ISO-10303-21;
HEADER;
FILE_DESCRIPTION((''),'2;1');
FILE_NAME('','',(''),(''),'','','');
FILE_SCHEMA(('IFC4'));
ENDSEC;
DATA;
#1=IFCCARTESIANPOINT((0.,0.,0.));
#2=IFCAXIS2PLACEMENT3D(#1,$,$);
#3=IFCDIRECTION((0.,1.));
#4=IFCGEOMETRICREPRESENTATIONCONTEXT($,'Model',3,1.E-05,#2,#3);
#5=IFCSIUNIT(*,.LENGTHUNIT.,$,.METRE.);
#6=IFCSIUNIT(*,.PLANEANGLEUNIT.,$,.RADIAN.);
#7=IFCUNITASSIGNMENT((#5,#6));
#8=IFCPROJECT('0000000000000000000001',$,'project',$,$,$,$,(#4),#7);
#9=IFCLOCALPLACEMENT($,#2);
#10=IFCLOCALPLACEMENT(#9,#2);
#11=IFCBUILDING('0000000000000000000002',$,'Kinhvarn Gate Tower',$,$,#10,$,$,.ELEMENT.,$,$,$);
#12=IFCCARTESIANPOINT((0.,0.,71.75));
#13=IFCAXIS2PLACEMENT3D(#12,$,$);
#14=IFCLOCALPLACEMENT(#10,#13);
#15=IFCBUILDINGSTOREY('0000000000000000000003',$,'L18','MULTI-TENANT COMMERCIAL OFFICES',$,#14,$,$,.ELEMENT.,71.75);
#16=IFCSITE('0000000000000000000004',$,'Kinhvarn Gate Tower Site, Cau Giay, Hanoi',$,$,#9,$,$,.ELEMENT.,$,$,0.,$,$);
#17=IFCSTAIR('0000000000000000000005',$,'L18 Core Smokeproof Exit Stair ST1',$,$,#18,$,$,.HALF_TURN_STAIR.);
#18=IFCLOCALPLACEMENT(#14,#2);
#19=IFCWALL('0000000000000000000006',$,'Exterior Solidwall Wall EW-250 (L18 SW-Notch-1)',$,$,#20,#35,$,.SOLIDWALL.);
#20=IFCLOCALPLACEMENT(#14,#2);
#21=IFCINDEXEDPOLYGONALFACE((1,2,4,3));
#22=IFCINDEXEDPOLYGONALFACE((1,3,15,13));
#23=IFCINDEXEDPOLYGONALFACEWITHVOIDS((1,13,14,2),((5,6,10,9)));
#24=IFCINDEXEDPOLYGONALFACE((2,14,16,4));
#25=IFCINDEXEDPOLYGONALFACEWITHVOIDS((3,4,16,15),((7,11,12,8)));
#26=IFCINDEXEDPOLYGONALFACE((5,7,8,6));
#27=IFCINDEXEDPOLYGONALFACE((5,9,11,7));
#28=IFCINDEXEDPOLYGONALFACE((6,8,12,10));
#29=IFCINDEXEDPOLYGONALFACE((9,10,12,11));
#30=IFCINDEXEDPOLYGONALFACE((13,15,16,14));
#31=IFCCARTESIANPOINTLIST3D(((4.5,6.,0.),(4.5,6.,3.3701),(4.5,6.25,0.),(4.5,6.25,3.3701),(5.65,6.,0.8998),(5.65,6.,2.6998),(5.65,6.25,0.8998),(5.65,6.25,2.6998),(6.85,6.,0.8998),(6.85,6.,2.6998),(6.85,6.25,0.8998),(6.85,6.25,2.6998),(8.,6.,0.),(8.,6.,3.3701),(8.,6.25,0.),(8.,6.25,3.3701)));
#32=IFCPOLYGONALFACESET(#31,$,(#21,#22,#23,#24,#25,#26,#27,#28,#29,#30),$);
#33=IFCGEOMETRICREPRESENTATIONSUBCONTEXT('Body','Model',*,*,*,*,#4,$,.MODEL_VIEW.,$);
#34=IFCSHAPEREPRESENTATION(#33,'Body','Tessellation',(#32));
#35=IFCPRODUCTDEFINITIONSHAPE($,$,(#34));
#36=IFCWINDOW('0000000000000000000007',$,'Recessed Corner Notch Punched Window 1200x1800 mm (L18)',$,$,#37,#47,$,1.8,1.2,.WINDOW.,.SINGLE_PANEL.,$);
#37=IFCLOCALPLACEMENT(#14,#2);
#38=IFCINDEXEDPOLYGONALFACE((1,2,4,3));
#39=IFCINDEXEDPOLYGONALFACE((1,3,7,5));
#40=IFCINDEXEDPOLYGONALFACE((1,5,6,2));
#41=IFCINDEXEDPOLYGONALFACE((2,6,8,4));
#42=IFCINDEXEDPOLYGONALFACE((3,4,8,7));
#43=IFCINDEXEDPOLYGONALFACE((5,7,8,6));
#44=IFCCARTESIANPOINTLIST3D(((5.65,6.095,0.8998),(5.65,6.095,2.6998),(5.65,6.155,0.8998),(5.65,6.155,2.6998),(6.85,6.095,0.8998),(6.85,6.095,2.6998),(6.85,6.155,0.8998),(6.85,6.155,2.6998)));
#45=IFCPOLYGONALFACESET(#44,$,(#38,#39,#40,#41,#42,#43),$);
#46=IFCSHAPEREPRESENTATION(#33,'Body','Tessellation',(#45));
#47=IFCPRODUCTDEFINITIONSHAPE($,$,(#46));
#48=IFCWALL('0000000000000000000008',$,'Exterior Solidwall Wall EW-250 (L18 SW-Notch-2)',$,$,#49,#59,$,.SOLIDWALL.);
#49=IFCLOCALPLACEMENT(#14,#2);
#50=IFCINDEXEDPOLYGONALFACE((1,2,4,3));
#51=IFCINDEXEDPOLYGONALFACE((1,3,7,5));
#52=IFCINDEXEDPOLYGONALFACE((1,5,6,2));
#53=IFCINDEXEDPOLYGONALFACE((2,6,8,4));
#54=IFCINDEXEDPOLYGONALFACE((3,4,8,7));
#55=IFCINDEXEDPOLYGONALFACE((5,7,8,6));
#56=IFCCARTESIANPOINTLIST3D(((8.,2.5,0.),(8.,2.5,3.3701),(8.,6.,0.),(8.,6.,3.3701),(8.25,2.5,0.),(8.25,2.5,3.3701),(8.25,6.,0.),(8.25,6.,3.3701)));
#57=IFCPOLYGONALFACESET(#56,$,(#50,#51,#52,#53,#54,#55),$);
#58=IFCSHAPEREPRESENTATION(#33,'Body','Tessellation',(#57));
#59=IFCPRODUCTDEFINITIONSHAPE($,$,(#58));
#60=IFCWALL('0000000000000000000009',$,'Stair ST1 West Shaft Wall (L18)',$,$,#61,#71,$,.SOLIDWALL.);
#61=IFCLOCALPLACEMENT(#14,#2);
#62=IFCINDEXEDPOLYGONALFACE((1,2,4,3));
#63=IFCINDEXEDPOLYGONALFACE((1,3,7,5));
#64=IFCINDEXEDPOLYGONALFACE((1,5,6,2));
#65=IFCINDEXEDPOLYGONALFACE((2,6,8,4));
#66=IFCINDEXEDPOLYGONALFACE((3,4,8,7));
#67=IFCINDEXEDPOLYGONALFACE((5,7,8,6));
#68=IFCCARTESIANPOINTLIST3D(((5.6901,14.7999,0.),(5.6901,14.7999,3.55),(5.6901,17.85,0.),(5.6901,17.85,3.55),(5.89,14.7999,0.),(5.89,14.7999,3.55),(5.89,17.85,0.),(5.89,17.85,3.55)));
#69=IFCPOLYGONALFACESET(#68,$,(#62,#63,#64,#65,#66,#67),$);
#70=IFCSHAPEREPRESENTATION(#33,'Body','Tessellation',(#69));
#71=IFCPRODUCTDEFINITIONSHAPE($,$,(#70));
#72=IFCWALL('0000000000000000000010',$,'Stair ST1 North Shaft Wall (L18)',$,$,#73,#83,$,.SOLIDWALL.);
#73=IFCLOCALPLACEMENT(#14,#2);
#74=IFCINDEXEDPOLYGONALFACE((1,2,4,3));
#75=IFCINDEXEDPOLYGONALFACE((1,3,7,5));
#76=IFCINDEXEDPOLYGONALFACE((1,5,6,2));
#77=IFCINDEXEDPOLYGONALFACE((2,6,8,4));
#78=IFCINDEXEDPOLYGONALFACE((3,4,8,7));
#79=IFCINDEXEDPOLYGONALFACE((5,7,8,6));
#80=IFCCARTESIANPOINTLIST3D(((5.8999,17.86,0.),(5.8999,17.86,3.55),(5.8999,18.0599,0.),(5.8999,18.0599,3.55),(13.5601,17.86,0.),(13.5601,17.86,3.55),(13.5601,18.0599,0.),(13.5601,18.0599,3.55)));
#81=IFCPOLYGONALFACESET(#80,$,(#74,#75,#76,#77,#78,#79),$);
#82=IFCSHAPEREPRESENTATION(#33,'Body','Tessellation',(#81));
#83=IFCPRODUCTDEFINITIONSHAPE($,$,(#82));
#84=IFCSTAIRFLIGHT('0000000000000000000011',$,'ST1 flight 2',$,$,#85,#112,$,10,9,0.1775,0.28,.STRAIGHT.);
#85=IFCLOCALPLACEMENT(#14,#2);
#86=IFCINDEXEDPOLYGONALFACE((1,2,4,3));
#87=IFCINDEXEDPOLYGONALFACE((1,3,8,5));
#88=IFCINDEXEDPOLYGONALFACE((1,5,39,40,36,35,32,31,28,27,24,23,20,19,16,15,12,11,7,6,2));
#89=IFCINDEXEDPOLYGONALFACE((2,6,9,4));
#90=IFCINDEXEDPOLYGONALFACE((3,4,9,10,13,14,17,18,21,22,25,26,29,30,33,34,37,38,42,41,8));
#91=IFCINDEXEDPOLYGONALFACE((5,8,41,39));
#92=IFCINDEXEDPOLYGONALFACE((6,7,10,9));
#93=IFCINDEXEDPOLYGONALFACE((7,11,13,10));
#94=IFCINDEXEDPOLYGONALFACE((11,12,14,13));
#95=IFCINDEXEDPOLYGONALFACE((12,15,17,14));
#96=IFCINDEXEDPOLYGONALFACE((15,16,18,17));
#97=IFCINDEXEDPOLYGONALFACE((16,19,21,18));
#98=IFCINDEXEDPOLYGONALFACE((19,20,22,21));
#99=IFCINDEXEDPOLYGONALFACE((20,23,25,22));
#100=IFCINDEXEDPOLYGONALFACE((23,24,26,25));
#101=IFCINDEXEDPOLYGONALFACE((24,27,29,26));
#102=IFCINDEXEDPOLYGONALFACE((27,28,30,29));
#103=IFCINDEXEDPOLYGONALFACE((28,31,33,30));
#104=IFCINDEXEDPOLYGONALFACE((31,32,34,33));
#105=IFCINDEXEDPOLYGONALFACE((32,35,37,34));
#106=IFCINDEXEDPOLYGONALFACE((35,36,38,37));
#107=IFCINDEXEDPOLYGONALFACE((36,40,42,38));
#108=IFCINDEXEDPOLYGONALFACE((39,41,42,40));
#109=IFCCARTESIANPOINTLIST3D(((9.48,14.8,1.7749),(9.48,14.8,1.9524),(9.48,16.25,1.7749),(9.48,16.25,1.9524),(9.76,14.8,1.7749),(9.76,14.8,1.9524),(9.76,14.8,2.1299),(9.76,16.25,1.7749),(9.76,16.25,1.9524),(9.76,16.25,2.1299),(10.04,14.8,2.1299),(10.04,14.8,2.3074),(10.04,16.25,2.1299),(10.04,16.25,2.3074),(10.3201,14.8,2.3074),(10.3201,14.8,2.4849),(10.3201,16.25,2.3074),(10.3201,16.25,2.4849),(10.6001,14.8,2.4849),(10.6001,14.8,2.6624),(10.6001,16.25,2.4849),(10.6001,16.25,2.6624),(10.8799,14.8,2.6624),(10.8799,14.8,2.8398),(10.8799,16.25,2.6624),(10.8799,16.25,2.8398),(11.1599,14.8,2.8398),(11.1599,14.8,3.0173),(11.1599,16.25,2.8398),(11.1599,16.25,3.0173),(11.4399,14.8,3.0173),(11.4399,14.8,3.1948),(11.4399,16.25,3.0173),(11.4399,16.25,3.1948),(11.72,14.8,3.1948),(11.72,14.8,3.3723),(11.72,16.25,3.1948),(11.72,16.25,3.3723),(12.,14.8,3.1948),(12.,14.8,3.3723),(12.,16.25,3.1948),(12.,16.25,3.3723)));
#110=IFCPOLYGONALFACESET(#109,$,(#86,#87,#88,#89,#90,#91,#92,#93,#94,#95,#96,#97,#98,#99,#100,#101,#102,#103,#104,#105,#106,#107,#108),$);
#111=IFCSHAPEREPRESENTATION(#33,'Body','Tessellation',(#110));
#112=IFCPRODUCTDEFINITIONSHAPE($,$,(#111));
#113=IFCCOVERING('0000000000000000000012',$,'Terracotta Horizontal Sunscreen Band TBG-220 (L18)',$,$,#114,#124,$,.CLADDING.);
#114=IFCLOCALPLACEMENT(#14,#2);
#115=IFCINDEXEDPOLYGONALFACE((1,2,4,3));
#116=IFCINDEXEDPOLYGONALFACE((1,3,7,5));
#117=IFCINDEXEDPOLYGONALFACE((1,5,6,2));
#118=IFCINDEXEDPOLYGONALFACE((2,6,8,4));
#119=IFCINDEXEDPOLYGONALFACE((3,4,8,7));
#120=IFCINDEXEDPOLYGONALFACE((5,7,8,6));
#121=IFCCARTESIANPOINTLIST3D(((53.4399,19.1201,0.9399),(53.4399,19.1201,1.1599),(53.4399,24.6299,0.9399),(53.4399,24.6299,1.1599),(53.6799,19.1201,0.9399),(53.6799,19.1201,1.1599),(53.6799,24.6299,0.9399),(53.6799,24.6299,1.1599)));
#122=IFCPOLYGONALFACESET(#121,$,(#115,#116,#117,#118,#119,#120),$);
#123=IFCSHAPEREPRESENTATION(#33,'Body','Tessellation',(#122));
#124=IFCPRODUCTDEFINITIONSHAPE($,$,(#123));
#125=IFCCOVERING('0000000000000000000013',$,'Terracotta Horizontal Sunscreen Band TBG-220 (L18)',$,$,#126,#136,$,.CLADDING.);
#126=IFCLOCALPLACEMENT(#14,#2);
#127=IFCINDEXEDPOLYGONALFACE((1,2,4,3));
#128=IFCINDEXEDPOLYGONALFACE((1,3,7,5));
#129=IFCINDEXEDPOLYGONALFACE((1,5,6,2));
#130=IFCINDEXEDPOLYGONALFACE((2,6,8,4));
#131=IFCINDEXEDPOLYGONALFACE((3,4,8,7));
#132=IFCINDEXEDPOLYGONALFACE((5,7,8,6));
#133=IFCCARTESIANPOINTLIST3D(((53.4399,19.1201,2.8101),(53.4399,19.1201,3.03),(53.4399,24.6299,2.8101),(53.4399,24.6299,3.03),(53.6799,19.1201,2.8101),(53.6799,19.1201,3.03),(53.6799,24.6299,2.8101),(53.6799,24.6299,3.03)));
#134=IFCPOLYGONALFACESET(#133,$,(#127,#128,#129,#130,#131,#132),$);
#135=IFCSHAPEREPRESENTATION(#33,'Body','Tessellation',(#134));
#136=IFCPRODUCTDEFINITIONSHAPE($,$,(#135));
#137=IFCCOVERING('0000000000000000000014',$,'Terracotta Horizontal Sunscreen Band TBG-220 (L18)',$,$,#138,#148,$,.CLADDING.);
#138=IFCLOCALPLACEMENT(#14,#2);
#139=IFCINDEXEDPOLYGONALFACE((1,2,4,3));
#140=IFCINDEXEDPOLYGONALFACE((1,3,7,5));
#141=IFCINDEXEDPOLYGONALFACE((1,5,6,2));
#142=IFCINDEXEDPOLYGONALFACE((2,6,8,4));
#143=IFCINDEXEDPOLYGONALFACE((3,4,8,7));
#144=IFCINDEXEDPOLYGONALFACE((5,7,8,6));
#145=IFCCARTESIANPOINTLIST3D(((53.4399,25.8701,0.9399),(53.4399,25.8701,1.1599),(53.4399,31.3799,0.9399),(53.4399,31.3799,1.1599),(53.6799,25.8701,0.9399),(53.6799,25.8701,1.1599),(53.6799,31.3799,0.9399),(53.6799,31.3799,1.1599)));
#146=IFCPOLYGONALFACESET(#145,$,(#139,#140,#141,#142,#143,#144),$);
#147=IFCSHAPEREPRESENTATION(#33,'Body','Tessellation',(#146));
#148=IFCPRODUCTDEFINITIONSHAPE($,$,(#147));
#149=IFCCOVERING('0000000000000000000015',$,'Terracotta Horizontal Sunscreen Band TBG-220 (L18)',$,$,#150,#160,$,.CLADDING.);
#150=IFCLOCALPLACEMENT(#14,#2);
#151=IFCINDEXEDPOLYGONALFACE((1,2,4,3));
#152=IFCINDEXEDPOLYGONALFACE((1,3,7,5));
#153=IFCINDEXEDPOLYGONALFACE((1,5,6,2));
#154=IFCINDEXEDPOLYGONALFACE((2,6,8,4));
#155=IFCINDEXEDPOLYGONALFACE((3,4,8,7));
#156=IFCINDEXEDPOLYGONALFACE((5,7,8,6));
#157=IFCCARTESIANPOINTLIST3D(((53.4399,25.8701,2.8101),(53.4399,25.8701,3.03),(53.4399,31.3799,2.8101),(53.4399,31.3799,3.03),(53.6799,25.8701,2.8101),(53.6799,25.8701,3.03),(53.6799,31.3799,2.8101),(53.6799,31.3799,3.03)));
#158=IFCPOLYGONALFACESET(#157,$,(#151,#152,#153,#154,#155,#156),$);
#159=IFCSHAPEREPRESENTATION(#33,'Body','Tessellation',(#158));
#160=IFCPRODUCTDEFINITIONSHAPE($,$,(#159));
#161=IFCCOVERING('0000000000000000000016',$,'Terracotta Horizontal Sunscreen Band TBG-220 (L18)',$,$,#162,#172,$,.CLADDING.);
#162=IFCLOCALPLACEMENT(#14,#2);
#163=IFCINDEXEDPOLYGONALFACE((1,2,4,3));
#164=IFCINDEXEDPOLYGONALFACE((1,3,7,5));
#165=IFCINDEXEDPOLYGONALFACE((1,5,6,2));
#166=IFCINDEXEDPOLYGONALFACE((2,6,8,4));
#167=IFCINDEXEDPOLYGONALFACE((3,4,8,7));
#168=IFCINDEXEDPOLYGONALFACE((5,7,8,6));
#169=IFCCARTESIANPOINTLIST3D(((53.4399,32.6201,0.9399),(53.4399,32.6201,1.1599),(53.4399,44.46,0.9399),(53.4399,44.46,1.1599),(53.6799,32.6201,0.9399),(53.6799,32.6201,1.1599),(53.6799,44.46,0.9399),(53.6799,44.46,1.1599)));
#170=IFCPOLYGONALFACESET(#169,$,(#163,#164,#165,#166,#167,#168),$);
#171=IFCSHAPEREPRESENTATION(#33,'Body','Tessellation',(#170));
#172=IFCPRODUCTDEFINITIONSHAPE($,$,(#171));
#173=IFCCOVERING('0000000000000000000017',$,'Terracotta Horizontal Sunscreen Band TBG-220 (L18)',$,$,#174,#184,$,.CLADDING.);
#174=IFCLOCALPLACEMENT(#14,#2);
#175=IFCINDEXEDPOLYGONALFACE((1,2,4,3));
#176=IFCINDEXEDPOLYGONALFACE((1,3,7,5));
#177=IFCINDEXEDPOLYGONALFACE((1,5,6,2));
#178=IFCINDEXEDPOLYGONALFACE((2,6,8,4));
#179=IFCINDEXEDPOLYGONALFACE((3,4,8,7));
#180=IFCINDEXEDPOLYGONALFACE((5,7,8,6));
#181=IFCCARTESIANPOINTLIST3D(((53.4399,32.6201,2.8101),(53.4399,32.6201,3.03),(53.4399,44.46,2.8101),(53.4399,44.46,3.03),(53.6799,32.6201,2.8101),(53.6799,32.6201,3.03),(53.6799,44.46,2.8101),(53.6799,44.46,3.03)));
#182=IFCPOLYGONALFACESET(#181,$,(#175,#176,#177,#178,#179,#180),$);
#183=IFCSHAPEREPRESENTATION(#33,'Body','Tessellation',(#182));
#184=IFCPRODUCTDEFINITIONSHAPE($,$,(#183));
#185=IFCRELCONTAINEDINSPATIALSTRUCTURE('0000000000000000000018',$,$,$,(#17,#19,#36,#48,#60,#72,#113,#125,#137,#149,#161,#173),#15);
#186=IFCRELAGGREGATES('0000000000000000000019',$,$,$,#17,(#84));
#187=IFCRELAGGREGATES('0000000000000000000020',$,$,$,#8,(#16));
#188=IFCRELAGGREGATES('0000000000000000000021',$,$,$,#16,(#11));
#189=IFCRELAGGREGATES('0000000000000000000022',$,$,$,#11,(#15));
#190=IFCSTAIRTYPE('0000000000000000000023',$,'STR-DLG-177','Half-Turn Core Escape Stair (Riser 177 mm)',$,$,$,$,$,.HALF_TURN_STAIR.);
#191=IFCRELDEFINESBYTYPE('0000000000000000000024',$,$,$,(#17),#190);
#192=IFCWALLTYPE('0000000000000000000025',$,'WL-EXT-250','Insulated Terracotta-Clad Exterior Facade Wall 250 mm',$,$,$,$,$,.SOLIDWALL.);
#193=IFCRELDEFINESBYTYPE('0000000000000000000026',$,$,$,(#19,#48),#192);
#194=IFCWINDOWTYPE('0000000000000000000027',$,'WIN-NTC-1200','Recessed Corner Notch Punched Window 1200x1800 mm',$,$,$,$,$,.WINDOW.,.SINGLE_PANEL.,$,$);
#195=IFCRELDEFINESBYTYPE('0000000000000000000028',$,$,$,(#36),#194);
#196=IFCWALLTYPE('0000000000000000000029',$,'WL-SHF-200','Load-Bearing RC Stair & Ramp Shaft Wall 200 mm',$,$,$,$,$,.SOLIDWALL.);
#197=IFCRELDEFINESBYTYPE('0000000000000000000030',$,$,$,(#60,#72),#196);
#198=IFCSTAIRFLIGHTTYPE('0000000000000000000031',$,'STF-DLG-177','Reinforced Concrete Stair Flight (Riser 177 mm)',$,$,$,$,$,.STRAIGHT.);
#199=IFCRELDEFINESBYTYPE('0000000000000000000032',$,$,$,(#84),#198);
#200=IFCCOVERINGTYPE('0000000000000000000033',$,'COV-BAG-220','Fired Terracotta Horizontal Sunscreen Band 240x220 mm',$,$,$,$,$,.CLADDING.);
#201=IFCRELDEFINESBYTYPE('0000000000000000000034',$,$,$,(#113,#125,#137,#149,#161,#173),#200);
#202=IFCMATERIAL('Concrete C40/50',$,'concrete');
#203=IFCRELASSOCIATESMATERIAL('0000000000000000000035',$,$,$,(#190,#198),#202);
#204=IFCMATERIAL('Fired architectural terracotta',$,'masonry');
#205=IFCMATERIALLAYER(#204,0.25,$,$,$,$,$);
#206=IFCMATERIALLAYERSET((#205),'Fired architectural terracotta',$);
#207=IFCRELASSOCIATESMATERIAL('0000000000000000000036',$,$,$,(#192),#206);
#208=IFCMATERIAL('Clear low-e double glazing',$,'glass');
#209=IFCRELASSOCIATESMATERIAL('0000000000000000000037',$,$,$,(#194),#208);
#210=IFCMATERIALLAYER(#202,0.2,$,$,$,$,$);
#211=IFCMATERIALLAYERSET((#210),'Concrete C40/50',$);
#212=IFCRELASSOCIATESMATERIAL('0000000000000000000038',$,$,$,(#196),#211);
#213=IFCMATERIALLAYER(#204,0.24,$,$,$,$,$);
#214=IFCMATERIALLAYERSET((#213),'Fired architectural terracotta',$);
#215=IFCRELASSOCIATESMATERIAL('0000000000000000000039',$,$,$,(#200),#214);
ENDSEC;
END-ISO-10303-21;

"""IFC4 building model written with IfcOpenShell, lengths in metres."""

from ifc_helpers import new_model, si_unit, direction, frame, frame_2d, origin, place, context, subcontext, project, spatial, polyline, rectangle, outline, extrude, material, layer, layer_set, type_object, element, fill, aggregate, save


model = new_model("IFC4")

# Units and contexts
model_context = context("Model", 3, precision=1e-05, world=origin(), true_north=direction((0.0, 1.0)))
body_context = subcontext(model_context, "Body", "Model", "MODEL_VIEW")
ifc_project = project(units=[si_unit("LENGTHUNIT", "METRE"), si_unit("PLANEANGLEUNIT", "RADIAN")], contexts=[model_context])

# Site, building, storey
site_placement = place(None, origin())
site = spatial("IfcSite", under=ifc_project, at=site_placement, Name="Kinhvarn Gate Tower Site, Cau Giay, Hanoi", CompositionType="ELEMENT", RefElevation=0.0)
building_placement = place(site_placement, origin())
building = spatial("IfcBuilding", under=site, at=building_placement, Name="Kinhvarn Gate Tower", CompositionType="ELEMENT")
storey_placement = place(building_placement, frame((0.0, 0.0, 71.75)))
storey = spatial("IfcBuildingStorey", under=building, at=storey_placement, Name="L18", Description="MULTI-TENANT COMMERCIAL OFFICES", CompositionType="ELEMENT", Elevation=71.75)

# Shared definitions
ifc_material_1 = material(Name="Clear low-e double glazing", Category="glass")

# Stair
ifc_material_2 = material(Name="Concrete C40/50", Category="concrete")
stair_type = type_object("IfcStairType", Name="STR-DLG-177", Description="Half-Turn Core Escape Stair (Riser 177 mm)", PredefinedType="HALF_TURN_STAIR", material=ifc_material_2)
stair_1_placement = place(storey_placement, origin())
stair_1 = element("IfcStair", 1, at=stair_1_placement, inside=storey, type_object=stair_type, Name="L18 Core Smokeproof Exit Stair ST1", PredefinedType="HALF_TURN_STAIR")

# Wall, opening, window
ifc_material_3 = material(Name="Fired architectural terracotta", Category="masonry")
ifc_layer_1 = layer(ifc_material_3, 0.25)
ifc_layer_set_1 = layer_set([ifc_layer_1], Name="Fired architectural terracotta")
wall_type_1 = type_object("IfcWallType", Name="WL-EXT-250", Description="Insulated Terracotta-Clad Exterior Facade Wall 250 mm", PredefinedType="SOLIDWALL", material=ifc_layer_set_1)
wall_1_placement = place(storey_placement, frame((4.5, 6.125, 0.0), z_axis=(0.0, 0.0, 1.0), x_axis=(1.0, 0.0, 0.0)))
wall_1 = element("IfcWall", 2, at=wall_1_placement, inside=storey, type_object=wall_type_1, Name="Exterior Solidwall Wall EW-250 (L18 SW-Notch-1)", PredefinedType="SOLIDWALL", context=body_context, shape_type="SweptSolid", body=[
    extrude(rectangle(XDim=3.5, YDim=0.25, at=frame_2d((1.75, 0.0))), origin(), (0.0, 0.0, 1.0), 3.3701),
])
opening_1_placement = place(wall_1_placement, frame((1.1499, 0.0, 0.8999)))
opening_1 = element("IfcOpeningElement", 3, at=opening_1_placement, cuts=wall_1, PredefinedType="OPENING", context=body_context, shape_type="SweptSolid", body=[
    extrude(rectangle(XDim=1.2, YDim=1.8, at=frame_2d((0.6001, 0.8999))), frame((0.0, 0.135, 0.0), z_axis=(0.0, -1.0, 0.0), x_axis=(1.0, 0.0, 0.0)), (0.0, 0.0, 1.0), 0.27),
])
window_type_1 = type_object("IfcWindowType", Name="WIN-NTC-1200", Description="Recessed Corner Notch Punched Window 1200x1800 mm", PartitioningType="SINGLE_PANEL", PredefinedType="WINDOW", material=ifc_material_1)
window_1_placement = place(opening_1_placement, origin())
window_1 = element("IfcWindow", 4, at=window_1_placement, inside=storey, type_object=window_type_1, Name="Recessed Corner Notch Punched Window 1200x1800 mm (L18)", OverallHeight=1.8, OverallWidth=1.2, PartitioningType="SINGLE_PANEL", PredefinedType="WINDOW", context=body_context, shape_type="SweptSolid", body=[
    extrude(rectangle(XDim=1.2, YDim=1.8, at=frame_2d((0.6001, 0.8999))), frame((0.0, 0.03, 0.0), z_axis=(0.0, -1.0, 0.0), x_axis=(1.0, 0.0, 0.0)), (0.0, 0.0, 1.0), 0.0601),
])
fill(opening_1, window_1)

# Walls
wall_2_placement = place(storey_placement, frame((8.125, 6.0, 0.0), z_axis=(0.0, 0.0, 1.0), x_axis=(0.0, -1.0, 0.0)))
element("IfcWall", 5, at=wall_2_placement, inside=storey, type_object=wall_type_1, Name="Exterior Solidwall Wall EW-250 (L18 SW-Notch-2)", PredefinedType="SOLIDWALL", context=body_context, shape_type="SweptSolid", body=[
    extrude(rectangle(XDim=3.5, YDim=0.25, at=frame_2d((1.75, 0.0))), origin(), (0.0, 0.0, 1.0), 3.3701),
])
ifc_layer_2 = layer(ifc_material_2, 0.2)
ifc_layer_set_2 = layer_set([ifc_layer_2], Name="Concrete C40/50")
wall_type_2 = type_object("IfcWallType", Name="WL-SHF-200", Description="Load-Bearing RC Stair & Ramp Shaft Wall 200 mm", PredefinedType="SOLIDWALL", material=ifc_layer_set_2)
wall_3_placement = place(storey_placement, frame((5.79, 14.8, 0.0), z_axis=(0.0, 0.0, 1.0), x_axis=(0.0, 1.0, 0.0)))
element("IfcWall", 6, at=wall_3_placement, inside=storey, type_object=wall_type_2, Name="Stair ST1 West Shaft Wall (L18)", PredefinedType="SOLIDWALL", context=body_context, shape_type="SweptSolid", body=[
    extrude(rectangle(XDim=3.05, YDim=0.2, at=frame_2d((1.5249, 0.0))), origin(), (0.0, 0.0, 1.0), 3.55),
])
wall_4_placement = place(storey_placement, frame((5.8999, 17.96, 0.0), z_axis=(0.0, 0.0, 1.0), x_axis=(1.0, 0.0, 0.0)))
element("IfcWall", 7, at=wall_4_placement, inside=storey, type_object=wall_type_2, Name="Stair ST1 North Shaft Wall (L18)", PredefinedType="SOLIDWALL", context=body_context, shape_type="SweptSolid", body=[
    extrude(rectangle(XDim=7.6602, YDim=0.2, at=frame_2d((3.8301, 0.0))), origin(), (0.0, 0.0, 1.0), 3.55),
])

# Stair flight
stair_flight_type = type_object("IfcStairFlightType", Name="STF-DLG-177", Description="Reinforced Concrete Stair Flight (Riser 177 mm)", PredefinedType="STRAIGHT", material=ifc_material_2)
stair_flight_placement = place(storey_placement, frame((9.48, 15.5249, 1.7749), z_axis=(0.0, 0.0, 1.0), x_axis=(1.0, 0.0, 0.0)))
stair_flight = element("IfcStairFlight", 8, at=stair_flight_placement, type_object=stair_flight_type, Name="ST1 flight 2", NumberOfRisers=10, NumberOfTreads=9, PredefinedType="STRAIGHT", RiserHeight=0.1775, TreadLength=0.28, context=body_context, shape_type="SweptSolid", body=[
    extrude(outline(polyline([(0.0, 0.0), (0.0, 0.1775), (0.28, 0.1775), (0.28, 0.355), (0.5601, 0.355), (0.5601, 0.5325), (0.8401, 0.5325), (0.8401, 0.71), (1.1201, 0.71), (1.1201, 0.8875), (1.3999, 0.8875), (1.3999, 1.0649), (1.6799, 1.0649), (1.6799, 1.2424), (1.96, 1.2424), (1.96, 1.4199), (2.24, 1.4199), (2.24, 1.5974), (2.52, 1.5974), (2.52, 1.7749), (2.52, 1.4199), (0.28, 0.0), (0.0, 0.0)])), frame((0.0, 0.7251, 0.0), z_axis=(0.0, -1.0, 0.0), x_axis=(1.0, 0.0, 0.0)), (0.0, 0.0, 1.0), 1.45),
])
aggregate(stair_1, [stair_flight])

# Coverings
ifc_layer_3 = layer(ifc_material_3, 0.24)
ifc_layer_set_3 = layer_set([ifc_layer_3], Name="Fired architectural terracotta")
covering_type_1 = type_object("IfcCoveringType", Name="COV-BAG-220", Description="Fired Terracotta Horizontal Sunscreen Band 240x220 mm", PredefinedType="CLADDING", material=ifc_layer_set_3)
for number, where, name in (
    (9, (0.0, 0.0, 0.9399), "Terracotta Horizontal Sunscreen Band TBG-220 (L18)"),
    (10, (0.0, 0.0, 2.8101), "Terracotta Horizontal Sunscreen Band TBG-220 (L18)"),
):
    element("IfcCovering", number, at=place(storey_placement, frame(where)), inside=storey, type_object=covering_type_1, Name=name, PredefinedType="CLADDING", context=body_context, shape_type="SweptSolid", body=[
        extrude(outline(polyline([(53.4399, 19.1201), (53.4399, 24.6299), (53.6799, 24.6299), (53.6799, 19.1201), (53.4399, 19.1201)])), origin(), (0.0, 0.0, 1.0), 0.22),
    ])
for number, where, name in (
    (11, (0.0, 0.0, 0.9399), "Terracotta Horizontal Sunscreen Band TBG-220 (L18)"),
    (12, (0.0, 0.0, 2.8101), "Terracotta Horizontal Sunscreen Band TBG-220 (L18)"),
):
    element("IfcCovering", number, at=place(storey_placement, frame(where)), inside=storey, type_object=covering_type_1, Name=name, PredefinedType="CLADDING", context=body_context, shape_type="SweptSolid", body=[
        extrude(outline(polyline([(53.4399, 25.8701), (53.4399, 31.3799), (53.6799, 31.3799), (53.6799, 25.8701), (53.4399, 25.8701)])), origin(), (0.0, 0.0, 1.0), 0.22),
    ])
for number, where, name in (
    (13, (0.0, 0.0, 0.9399), "Terracotta Horizontal Sunscreen Band TBG-220 (L18)"),
    (14, (0.0, 0.0, 2.8101), "Terracotta Horizontal Sunscreen Band TBG-220 (L18)"),
):
    element("IfcCovering", number, at=place(storey_placement, frame(where)), inside=storey, type_object=covering_type_1, Name=name, PredefinedType="CLADDING", context=body_context, shape_type="SweptSolid", body=[
        extrude(outline(polyline([(53.4399, 32.6201), (53.4399, 44.46), (53.6799, 44.46), (53.6799, 32.6201), (53.4399, 32.6201)])), origin(), (0.0, 0.0, 1.0), 0.22),
    ])

save(model, "model.ifc")
